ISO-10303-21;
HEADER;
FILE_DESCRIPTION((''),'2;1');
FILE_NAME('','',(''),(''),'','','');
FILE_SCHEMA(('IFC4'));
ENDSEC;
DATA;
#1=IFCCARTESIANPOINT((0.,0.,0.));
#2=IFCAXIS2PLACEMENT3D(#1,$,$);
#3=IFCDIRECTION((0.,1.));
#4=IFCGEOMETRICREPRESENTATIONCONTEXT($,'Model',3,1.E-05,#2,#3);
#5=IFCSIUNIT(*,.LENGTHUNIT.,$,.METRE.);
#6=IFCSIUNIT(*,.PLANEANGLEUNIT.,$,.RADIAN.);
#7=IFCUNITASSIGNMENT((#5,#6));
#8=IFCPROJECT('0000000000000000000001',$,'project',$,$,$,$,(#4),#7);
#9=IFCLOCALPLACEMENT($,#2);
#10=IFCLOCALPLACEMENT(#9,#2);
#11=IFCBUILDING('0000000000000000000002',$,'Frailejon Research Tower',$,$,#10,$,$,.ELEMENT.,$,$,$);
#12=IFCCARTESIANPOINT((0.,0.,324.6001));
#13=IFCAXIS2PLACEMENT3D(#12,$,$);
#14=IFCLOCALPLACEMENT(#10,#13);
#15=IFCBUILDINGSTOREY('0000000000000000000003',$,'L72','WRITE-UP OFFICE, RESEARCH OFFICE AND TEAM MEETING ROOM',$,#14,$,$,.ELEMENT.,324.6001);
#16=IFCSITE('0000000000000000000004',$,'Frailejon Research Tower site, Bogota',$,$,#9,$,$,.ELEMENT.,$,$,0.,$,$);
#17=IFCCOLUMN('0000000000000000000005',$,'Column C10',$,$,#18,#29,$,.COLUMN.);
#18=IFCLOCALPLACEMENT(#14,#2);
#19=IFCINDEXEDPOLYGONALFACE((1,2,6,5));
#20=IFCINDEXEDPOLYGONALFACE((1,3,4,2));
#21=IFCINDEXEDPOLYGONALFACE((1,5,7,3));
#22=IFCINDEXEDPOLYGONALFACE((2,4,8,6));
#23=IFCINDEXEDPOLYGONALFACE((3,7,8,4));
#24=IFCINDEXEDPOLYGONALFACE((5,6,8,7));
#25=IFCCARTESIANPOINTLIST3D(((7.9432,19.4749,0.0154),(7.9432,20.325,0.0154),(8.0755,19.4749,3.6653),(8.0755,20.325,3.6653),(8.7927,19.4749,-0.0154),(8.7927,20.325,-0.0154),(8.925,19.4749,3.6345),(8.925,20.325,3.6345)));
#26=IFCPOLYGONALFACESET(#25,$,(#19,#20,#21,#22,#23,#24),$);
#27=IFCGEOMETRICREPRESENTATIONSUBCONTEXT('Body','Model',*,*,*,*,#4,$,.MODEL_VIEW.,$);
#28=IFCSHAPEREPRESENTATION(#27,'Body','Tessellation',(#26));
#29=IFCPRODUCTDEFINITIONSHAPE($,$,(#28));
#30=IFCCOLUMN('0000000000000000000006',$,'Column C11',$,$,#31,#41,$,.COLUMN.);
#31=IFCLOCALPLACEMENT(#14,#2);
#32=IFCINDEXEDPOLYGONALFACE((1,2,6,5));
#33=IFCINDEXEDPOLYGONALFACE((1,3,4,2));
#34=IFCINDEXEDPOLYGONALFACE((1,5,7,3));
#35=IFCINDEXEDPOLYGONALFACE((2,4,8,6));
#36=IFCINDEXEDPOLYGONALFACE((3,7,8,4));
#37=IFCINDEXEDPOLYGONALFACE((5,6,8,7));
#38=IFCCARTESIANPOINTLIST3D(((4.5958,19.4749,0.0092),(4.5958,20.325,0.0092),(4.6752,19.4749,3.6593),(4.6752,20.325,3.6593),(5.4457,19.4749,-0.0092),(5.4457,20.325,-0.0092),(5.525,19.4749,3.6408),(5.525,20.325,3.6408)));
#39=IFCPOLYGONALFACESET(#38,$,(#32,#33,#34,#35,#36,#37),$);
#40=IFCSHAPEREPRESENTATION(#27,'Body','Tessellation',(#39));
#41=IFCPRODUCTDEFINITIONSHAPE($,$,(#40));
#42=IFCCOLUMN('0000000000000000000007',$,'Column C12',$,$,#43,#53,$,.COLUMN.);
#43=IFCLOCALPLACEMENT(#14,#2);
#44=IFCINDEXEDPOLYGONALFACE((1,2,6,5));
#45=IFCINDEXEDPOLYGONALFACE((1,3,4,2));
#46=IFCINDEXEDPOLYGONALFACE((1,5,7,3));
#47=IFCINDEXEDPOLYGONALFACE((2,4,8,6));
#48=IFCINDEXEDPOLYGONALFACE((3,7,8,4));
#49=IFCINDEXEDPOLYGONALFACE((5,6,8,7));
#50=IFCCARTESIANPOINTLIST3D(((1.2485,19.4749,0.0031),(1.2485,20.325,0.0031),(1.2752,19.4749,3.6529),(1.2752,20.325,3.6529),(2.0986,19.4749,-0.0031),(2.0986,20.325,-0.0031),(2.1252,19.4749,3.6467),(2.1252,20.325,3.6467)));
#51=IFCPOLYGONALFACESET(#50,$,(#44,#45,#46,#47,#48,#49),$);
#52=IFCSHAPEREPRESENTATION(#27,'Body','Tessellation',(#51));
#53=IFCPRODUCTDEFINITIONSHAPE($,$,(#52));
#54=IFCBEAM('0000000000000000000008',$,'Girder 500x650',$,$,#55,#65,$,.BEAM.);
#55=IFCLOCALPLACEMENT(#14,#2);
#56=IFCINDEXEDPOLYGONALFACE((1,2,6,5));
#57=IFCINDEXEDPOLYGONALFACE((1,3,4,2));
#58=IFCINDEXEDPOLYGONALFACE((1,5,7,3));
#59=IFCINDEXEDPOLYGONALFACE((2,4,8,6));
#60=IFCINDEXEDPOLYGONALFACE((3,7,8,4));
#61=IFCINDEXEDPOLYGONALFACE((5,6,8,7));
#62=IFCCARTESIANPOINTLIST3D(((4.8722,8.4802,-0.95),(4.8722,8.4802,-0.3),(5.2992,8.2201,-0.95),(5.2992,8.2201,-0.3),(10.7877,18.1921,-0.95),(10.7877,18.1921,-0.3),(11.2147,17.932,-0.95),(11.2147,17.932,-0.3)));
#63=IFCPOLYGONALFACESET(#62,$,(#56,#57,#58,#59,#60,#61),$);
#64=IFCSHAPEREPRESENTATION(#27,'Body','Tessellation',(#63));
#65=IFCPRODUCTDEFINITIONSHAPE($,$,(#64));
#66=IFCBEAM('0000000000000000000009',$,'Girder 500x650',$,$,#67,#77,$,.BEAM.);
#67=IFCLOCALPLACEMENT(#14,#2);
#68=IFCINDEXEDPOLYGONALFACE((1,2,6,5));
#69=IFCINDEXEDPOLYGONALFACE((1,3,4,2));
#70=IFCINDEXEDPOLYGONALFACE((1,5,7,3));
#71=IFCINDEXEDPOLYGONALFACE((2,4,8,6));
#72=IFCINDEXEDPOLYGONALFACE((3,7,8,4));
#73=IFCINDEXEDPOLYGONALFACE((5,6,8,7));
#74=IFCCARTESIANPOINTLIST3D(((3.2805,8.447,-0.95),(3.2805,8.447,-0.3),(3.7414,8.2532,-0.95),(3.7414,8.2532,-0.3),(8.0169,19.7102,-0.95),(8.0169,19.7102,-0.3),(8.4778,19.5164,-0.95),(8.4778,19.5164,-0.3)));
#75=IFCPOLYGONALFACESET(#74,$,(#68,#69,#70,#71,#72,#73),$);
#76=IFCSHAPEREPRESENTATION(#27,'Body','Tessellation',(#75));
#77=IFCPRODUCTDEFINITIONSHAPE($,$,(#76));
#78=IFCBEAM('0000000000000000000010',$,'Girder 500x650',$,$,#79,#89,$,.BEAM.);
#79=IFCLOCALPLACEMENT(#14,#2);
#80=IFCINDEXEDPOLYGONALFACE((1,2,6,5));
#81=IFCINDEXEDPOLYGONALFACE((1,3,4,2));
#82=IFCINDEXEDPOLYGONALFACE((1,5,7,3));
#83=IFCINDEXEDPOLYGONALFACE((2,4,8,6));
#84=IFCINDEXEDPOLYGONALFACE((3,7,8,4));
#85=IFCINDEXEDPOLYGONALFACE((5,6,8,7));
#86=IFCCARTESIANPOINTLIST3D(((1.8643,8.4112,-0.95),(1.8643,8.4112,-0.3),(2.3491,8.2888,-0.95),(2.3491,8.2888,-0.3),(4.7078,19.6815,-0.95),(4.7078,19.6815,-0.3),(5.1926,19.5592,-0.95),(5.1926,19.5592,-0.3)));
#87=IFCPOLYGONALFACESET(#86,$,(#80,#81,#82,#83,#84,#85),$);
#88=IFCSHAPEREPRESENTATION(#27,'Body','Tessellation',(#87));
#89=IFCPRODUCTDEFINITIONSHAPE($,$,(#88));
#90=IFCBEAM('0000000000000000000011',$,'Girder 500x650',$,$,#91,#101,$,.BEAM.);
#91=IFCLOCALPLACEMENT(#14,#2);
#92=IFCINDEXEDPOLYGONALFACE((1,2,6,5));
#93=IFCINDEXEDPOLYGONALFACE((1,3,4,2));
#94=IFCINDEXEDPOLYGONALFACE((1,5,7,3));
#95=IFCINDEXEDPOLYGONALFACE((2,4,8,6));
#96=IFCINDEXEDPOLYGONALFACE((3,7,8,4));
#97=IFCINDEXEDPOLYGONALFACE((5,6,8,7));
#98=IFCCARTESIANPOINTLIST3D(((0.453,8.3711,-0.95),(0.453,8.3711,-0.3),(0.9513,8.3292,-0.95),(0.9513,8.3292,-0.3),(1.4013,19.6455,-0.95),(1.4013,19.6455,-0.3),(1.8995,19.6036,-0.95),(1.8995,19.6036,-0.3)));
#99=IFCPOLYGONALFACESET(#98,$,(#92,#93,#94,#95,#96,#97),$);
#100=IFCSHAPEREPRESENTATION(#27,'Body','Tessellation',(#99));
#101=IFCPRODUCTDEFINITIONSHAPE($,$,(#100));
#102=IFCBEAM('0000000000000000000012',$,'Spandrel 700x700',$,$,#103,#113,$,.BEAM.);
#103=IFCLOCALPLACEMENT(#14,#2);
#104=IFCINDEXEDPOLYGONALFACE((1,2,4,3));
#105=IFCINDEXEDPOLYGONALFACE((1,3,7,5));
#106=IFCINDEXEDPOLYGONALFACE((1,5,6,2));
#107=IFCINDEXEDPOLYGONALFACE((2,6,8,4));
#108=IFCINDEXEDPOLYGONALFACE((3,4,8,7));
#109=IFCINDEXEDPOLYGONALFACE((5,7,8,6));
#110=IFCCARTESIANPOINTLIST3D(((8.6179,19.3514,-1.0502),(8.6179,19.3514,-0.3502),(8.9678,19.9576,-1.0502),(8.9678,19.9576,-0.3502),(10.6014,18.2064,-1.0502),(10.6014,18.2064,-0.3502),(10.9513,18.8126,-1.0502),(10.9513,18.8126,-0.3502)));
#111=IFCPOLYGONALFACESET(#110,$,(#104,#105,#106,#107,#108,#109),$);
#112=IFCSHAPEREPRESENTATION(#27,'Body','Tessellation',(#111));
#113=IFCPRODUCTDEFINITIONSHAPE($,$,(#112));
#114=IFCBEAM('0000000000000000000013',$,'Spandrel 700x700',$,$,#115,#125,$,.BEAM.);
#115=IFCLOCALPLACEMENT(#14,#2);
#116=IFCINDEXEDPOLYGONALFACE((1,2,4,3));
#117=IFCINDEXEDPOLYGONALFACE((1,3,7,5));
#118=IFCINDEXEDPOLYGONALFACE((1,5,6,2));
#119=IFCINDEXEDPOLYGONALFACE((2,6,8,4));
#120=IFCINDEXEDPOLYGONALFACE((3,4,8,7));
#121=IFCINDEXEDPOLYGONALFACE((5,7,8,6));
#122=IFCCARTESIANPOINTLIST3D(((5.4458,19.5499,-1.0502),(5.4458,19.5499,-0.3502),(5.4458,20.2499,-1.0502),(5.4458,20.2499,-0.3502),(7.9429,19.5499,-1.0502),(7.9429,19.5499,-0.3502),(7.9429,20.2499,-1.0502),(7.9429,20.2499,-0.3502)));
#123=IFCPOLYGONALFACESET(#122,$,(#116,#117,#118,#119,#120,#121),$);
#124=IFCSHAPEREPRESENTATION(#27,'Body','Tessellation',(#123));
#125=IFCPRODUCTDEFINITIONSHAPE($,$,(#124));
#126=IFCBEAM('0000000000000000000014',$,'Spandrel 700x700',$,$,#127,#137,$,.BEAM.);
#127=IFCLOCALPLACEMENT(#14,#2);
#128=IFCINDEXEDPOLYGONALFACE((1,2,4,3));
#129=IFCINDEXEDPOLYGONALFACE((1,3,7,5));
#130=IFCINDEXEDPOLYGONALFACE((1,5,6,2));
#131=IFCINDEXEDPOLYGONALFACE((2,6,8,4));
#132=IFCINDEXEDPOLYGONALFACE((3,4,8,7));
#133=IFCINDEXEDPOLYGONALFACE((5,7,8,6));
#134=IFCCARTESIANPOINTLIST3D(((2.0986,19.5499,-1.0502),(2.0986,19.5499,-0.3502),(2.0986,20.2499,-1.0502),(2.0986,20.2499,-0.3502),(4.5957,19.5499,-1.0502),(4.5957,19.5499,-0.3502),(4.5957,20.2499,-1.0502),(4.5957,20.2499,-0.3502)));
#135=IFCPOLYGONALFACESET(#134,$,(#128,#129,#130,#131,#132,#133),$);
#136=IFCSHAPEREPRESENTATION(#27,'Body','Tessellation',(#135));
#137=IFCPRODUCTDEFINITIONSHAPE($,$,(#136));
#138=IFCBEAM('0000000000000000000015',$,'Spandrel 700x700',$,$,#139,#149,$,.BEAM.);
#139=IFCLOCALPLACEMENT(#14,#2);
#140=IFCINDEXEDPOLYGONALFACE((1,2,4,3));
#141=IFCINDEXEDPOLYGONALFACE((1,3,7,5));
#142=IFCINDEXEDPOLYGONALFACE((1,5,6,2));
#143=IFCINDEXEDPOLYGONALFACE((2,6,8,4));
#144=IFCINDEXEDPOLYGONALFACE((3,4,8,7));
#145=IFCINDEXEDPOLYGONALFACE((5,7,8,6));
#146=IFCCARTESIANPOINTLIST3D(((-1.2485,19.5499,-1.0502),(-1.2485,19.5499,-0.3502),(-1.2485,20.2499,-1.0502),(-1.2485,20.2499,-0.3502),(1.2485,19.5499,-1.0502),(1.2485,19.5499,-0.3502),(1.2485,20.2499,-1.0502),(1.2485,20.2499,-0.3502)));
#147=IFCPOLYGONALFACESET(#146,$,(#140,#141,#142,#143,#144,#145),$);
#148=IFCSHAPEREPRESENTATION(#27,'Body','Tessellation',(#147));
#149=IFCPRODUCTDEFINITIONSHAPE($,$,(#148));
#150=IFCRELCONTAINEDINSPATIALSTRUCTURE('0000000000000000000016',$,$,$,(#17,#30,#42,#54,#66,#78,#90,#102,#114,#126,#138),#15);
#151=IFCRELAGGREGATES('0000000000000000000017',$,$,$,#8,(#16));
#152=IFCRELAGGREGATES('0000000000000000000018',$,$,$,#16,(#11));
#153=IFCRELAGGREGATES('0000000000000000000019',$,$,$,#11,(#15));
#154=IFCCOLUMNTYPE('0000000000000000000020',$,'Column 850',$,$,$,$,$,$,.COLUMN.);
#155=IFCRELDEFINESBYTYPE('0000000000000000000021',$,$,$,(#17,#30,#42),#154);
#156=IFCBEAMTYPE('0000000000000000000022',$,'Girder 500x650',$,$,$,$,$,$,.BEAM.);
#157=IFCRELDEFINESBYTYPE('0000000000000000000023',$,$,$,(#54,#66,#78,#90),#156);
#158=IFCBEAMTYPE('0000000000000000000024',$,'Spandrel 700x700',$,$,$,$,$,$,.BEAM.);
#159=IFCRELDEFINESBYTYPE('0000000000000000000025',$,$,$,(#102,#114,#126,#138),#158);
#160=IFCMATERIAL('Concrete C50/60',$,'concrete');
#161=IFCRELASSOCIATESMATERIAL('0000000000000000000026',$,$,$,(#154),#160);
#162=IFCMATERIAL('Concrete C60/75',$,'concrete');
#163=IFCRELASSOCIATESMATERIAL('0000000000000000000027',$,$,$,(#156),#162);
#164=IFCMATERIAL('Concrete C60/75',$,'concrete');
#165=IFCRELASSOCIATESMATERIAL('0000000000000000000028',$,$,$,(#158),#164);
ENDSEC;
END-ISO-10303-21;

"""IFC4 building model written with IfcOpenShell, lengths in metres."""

from ifc_helpers import new_model, si_unit, direction, frame, origin, origin_2d, place, context, subcontext, project, spatial, rectangle, extrude, material, material_profile, profile_set, type_object, element, save


model = new_model("IFC4")

# Units and contexts
model_context = context("Model", 3, precision=1e-05, world=origin(), true_north=direction((0.0, 1.0)))
body_context = subcontext(model_context, "Body", "Model", "MODEL_VIEW")
ifc_project = project(units=[si_unit("LENGTHUNIT", "METRE"), si_unit("PLANEANGLEUNIT", "RADIAN")], contexts=[model_context])

# Site, building, storey
site_placement = place(None, origin())
site = spatial("IfcSite", under=ifc_project, at=site_placement, Name="Frailejon Research Tower site, Bogota", CompositionType="ELEMENT", RefElevation=0.0)
building_placement = place(site_placement, origin())
building = spatial("IfcBuilding", under=site, at=building_placement, Name="Frailejon Research Tower", CompositionType="ELEMENT")
storey_placement = place(building_placement, frame((0.0, 0.0, 324.6001)))
storey = spatial("IfcBuildingStorey", under=building, at=storey_placement, Name="L72", Description="WRITE-UP OFFICE, RESEARCH OFFICE AND TEAM MEETING ROOM", CompositionType="ELEMENT", Elevation=324.6001)

# Columns
ifc_material_1 = material(Name="Concrete C50/60", Category="concrete")
ifc_material_profile_1 = material_profile(ifc_material_1, rectangle(XDim=0.8501, YDim=0.8501, at=origin_2d()), Name="Column 850")
ifc_profile_set_1 = profile_set([ifc_material_profile_1], Name="Concrete C50/60")
column_type = type_object("IfcColumnType", Name="Column 850", PredefinedType="COLUMN", material=ifc_profile_set_1)
column_1_placement = place(storey_placement, frame((8.3679, 19.8999, 0.0), z_axis=(0.03623, 0.0, 0.999343), x_axis=(-0.999343, 0.0, 0.03623)))
element("IfcColumn", 1, at=column_1_placement, inside=storey, type_object=column_type, Name="Column C10", PredefinedType="COLUMN", context=body_context, shape_type="SweptSolid", body=[
    extrude(rectangle(XDim=0.8501, YDim=0.8501, at=origin_2d()), origin(), (0.0, 0.0, 1.0), 3.6523),
])
column_2_placement = place(storey_placement, frame((5.0208, 19.8999, 0.0), z_axis=(0.021734, 0.0, 0.999764), x_axis=(-0.999764, 0.0, 0.021734)))
element("IfcColumn", 2, at=column_2_placement, inside=storey, type_object=column_type, Name="Column C11", PredefinedType="COLUMN", context=body_context, shape_type="SweptSolid", body=[
    extrude(rectangle(XDim=0.8501, YDim=0.8501, at=origin_2d()), origin(), (0.0, 0.0, 1.0), 3.6509),
])
column_3_placement = place(storey_placement, frame((1.6736, 19.8999, 0.0), z_axis=(0.007291, 0.0, 0.999973), x_axis=(-0.999973, 0.0, 0.007291)))
element("IfcColumn", 3, at=column_3_placement, inside=storey, type_object=column_type, Name="Column C12", PredefinedType="COLUMN", context=body_context, shape_type="SweptSolid", body=[
    extrude(rectangle(XDim=0.8501, YDim=0.8501, at=origin_2d()), origin(), (0.0, 0.0, 1.0), 3.6499),
])

# Beams
ifc_material_2 = material(Name="Concrete C60/75", Category="concrete")
ifc_material_profile_2 = material_profile(ifc_material_2, rectangle(XDim=0.5, YDim=0.6499, at=origin_2d()), Name="Girder 500x650")
ifc_profile_set_2 = profile_set([ifc_material_profile_2], Name="Concrete C60/75")
beam_type_1 = type_object("IfcBeamType", Name="Girder 500x650", PredefinedType="BEAM", material=ifc_profile_set_2)
beam_1_placement = place(storey_placement, frame((11.0012, 18.062, -0.625), z_axis=(-0.520199, -0.854045, 0.0), x_axis=(0.854045, -0.520199, 0.0)))
element("IfcBeam", 4, at=beam_1_placement, inside=storey, type_object=beam_type_1, Name="Girder 500x650", PredefinedType="BEAM", context=body_context, shape_type="SweptSolid", body=[
    extrude(rectangle(XDim=0.5, YDim=0.6499, at=origin_2d()), origin(), (0.0, 0.0, 1.0), 11.3716),
])
beam_2_placement = place(storey_placement, frame((8.2473, 19.6133, -0.625), z_axis=(-0.387635, -0.921813, 0.0), x_axis=(0.921813, -0.387635, 0.0)))
element("IfcBeam", 5, at=beam_2_placement, inside=storey, type_object=beam_type_1, Name="Girder 500x650", PredefinedType="BEAM", context=body_context, shape_type="SweptSolid", body=[
    extrude(rectangle(XDim=0.5, YDim=0.6499, at=origin_2d()), origin(), (0.0, 0.0, 1.0), 12.2185),
])
beam_3_placement = place(storey_placement, frame((4.9502, 19.6204, -0.625), z_axis=(-0.244635, -0.969615, 0.0), x_axis=(0.969615, -0.244635, 0.0)))
element("IfcBeam", 6, at=beam_3_placement, inside=storey, type_object=beam_type_1, Name="Girder 500x650", PredefinedType="BEAM", context=body_context, shape_type="SweptSolid", body=[
    extrude(rectangle(XDim=0.5, YDim=0.6499, at=origin_2d()), origin(), (0.0, 0.0, 1.0), 11.6235),
])
beam_4_placement = place(storey_placement, frame((1.6504, 19.6245, -0.625), z_axis=(-0.08381, -0.996482, 0.0), x_axis=(0.996482, -0.08381, 0.0)))
element("IfcBeam", 7, at=beam_4_placement, inside=storey, type_object=beam_type_1, Name="Girder 500x650", PredefinedType="BEAM", context=body_context, shape_type="SweptSolid", body=[
    extrude(rectangle(XDim=0.5, YDim=0.6499, at=origin_2d()), origin(), (0.0, 0.0, 1.0), 11.3142),
])
ifc_material_3 = material(Name="Concrete C60/75", Category="concrete")
ifc_material_profile_3 = material_profile(ifc_material_3, rectangle(XDim=0.7, YDim=0.7, at=origin_2d()), Name="Spandrel 700x700")
ifc_profile_set_3 = profile_set([ifc_material_profile_3], Name="Concrete C60/75")
beam_type_2 = type_object("IfcBeamType", Name="Spandrel 700x700", PredefinedType="BEAM", material=ifc_profile_set_3)
beam_5_placement = place(storey_placement, frame((10.7764, 18.5095, -0.7002), z_axis=(-0.86607, 0.499922, 0.0), x_axis=(-0.499922, -0.86607, 0.0)))
element("IfcBeam", 8, at=beam_5_placement, inside=storey, type_object=beam_type_2, Name="Spandrel 700x700", PredefinedType="BEAM", context=body_context, shape_type="SweptSolid", body=[
    extrude(rectangle(XDim=0.7, YDim=0.7, at=origin_2d()), origin(), (0.0, 0.0, 1.0), 2.2903),
])
for number, where, z_axis, x_axis, name in (
    (9, (7.9429, 19.8999, -0.7002), (-1.0, 0.0, 0.0), (0.0, -1.0, 0.0), "Spandrel 700x700"),
    (10, (4.5957, 19.8999, -0.7002), (-1.0, 0.0, 0.0), (0.0, -1.0, 0.0), "Spandrel 700x700"),
    (11, (1.2485, 19.8999, -0.7002), (-1.0, 0.0, 0.0), (0.0, -1.0, 0.0), "Spandrel 700x700"),
):
    element("IfcBeam", number, at=place(storey_placement, frame(where, z_axis=z_axis, x_axis=x_axis)), inside=storey, type_object=beam_type_2, Name=name, PredefinedType="BEAM", context=body_context, shape_type="SweptSolid", body=[
        extrude(rectangle(XDim=0.7, YDim=0.7, at=origin_2d()), origin(), (0.0, 0.0, 1.0), 2.4971),
    ])

save(model, "model.ifc")
